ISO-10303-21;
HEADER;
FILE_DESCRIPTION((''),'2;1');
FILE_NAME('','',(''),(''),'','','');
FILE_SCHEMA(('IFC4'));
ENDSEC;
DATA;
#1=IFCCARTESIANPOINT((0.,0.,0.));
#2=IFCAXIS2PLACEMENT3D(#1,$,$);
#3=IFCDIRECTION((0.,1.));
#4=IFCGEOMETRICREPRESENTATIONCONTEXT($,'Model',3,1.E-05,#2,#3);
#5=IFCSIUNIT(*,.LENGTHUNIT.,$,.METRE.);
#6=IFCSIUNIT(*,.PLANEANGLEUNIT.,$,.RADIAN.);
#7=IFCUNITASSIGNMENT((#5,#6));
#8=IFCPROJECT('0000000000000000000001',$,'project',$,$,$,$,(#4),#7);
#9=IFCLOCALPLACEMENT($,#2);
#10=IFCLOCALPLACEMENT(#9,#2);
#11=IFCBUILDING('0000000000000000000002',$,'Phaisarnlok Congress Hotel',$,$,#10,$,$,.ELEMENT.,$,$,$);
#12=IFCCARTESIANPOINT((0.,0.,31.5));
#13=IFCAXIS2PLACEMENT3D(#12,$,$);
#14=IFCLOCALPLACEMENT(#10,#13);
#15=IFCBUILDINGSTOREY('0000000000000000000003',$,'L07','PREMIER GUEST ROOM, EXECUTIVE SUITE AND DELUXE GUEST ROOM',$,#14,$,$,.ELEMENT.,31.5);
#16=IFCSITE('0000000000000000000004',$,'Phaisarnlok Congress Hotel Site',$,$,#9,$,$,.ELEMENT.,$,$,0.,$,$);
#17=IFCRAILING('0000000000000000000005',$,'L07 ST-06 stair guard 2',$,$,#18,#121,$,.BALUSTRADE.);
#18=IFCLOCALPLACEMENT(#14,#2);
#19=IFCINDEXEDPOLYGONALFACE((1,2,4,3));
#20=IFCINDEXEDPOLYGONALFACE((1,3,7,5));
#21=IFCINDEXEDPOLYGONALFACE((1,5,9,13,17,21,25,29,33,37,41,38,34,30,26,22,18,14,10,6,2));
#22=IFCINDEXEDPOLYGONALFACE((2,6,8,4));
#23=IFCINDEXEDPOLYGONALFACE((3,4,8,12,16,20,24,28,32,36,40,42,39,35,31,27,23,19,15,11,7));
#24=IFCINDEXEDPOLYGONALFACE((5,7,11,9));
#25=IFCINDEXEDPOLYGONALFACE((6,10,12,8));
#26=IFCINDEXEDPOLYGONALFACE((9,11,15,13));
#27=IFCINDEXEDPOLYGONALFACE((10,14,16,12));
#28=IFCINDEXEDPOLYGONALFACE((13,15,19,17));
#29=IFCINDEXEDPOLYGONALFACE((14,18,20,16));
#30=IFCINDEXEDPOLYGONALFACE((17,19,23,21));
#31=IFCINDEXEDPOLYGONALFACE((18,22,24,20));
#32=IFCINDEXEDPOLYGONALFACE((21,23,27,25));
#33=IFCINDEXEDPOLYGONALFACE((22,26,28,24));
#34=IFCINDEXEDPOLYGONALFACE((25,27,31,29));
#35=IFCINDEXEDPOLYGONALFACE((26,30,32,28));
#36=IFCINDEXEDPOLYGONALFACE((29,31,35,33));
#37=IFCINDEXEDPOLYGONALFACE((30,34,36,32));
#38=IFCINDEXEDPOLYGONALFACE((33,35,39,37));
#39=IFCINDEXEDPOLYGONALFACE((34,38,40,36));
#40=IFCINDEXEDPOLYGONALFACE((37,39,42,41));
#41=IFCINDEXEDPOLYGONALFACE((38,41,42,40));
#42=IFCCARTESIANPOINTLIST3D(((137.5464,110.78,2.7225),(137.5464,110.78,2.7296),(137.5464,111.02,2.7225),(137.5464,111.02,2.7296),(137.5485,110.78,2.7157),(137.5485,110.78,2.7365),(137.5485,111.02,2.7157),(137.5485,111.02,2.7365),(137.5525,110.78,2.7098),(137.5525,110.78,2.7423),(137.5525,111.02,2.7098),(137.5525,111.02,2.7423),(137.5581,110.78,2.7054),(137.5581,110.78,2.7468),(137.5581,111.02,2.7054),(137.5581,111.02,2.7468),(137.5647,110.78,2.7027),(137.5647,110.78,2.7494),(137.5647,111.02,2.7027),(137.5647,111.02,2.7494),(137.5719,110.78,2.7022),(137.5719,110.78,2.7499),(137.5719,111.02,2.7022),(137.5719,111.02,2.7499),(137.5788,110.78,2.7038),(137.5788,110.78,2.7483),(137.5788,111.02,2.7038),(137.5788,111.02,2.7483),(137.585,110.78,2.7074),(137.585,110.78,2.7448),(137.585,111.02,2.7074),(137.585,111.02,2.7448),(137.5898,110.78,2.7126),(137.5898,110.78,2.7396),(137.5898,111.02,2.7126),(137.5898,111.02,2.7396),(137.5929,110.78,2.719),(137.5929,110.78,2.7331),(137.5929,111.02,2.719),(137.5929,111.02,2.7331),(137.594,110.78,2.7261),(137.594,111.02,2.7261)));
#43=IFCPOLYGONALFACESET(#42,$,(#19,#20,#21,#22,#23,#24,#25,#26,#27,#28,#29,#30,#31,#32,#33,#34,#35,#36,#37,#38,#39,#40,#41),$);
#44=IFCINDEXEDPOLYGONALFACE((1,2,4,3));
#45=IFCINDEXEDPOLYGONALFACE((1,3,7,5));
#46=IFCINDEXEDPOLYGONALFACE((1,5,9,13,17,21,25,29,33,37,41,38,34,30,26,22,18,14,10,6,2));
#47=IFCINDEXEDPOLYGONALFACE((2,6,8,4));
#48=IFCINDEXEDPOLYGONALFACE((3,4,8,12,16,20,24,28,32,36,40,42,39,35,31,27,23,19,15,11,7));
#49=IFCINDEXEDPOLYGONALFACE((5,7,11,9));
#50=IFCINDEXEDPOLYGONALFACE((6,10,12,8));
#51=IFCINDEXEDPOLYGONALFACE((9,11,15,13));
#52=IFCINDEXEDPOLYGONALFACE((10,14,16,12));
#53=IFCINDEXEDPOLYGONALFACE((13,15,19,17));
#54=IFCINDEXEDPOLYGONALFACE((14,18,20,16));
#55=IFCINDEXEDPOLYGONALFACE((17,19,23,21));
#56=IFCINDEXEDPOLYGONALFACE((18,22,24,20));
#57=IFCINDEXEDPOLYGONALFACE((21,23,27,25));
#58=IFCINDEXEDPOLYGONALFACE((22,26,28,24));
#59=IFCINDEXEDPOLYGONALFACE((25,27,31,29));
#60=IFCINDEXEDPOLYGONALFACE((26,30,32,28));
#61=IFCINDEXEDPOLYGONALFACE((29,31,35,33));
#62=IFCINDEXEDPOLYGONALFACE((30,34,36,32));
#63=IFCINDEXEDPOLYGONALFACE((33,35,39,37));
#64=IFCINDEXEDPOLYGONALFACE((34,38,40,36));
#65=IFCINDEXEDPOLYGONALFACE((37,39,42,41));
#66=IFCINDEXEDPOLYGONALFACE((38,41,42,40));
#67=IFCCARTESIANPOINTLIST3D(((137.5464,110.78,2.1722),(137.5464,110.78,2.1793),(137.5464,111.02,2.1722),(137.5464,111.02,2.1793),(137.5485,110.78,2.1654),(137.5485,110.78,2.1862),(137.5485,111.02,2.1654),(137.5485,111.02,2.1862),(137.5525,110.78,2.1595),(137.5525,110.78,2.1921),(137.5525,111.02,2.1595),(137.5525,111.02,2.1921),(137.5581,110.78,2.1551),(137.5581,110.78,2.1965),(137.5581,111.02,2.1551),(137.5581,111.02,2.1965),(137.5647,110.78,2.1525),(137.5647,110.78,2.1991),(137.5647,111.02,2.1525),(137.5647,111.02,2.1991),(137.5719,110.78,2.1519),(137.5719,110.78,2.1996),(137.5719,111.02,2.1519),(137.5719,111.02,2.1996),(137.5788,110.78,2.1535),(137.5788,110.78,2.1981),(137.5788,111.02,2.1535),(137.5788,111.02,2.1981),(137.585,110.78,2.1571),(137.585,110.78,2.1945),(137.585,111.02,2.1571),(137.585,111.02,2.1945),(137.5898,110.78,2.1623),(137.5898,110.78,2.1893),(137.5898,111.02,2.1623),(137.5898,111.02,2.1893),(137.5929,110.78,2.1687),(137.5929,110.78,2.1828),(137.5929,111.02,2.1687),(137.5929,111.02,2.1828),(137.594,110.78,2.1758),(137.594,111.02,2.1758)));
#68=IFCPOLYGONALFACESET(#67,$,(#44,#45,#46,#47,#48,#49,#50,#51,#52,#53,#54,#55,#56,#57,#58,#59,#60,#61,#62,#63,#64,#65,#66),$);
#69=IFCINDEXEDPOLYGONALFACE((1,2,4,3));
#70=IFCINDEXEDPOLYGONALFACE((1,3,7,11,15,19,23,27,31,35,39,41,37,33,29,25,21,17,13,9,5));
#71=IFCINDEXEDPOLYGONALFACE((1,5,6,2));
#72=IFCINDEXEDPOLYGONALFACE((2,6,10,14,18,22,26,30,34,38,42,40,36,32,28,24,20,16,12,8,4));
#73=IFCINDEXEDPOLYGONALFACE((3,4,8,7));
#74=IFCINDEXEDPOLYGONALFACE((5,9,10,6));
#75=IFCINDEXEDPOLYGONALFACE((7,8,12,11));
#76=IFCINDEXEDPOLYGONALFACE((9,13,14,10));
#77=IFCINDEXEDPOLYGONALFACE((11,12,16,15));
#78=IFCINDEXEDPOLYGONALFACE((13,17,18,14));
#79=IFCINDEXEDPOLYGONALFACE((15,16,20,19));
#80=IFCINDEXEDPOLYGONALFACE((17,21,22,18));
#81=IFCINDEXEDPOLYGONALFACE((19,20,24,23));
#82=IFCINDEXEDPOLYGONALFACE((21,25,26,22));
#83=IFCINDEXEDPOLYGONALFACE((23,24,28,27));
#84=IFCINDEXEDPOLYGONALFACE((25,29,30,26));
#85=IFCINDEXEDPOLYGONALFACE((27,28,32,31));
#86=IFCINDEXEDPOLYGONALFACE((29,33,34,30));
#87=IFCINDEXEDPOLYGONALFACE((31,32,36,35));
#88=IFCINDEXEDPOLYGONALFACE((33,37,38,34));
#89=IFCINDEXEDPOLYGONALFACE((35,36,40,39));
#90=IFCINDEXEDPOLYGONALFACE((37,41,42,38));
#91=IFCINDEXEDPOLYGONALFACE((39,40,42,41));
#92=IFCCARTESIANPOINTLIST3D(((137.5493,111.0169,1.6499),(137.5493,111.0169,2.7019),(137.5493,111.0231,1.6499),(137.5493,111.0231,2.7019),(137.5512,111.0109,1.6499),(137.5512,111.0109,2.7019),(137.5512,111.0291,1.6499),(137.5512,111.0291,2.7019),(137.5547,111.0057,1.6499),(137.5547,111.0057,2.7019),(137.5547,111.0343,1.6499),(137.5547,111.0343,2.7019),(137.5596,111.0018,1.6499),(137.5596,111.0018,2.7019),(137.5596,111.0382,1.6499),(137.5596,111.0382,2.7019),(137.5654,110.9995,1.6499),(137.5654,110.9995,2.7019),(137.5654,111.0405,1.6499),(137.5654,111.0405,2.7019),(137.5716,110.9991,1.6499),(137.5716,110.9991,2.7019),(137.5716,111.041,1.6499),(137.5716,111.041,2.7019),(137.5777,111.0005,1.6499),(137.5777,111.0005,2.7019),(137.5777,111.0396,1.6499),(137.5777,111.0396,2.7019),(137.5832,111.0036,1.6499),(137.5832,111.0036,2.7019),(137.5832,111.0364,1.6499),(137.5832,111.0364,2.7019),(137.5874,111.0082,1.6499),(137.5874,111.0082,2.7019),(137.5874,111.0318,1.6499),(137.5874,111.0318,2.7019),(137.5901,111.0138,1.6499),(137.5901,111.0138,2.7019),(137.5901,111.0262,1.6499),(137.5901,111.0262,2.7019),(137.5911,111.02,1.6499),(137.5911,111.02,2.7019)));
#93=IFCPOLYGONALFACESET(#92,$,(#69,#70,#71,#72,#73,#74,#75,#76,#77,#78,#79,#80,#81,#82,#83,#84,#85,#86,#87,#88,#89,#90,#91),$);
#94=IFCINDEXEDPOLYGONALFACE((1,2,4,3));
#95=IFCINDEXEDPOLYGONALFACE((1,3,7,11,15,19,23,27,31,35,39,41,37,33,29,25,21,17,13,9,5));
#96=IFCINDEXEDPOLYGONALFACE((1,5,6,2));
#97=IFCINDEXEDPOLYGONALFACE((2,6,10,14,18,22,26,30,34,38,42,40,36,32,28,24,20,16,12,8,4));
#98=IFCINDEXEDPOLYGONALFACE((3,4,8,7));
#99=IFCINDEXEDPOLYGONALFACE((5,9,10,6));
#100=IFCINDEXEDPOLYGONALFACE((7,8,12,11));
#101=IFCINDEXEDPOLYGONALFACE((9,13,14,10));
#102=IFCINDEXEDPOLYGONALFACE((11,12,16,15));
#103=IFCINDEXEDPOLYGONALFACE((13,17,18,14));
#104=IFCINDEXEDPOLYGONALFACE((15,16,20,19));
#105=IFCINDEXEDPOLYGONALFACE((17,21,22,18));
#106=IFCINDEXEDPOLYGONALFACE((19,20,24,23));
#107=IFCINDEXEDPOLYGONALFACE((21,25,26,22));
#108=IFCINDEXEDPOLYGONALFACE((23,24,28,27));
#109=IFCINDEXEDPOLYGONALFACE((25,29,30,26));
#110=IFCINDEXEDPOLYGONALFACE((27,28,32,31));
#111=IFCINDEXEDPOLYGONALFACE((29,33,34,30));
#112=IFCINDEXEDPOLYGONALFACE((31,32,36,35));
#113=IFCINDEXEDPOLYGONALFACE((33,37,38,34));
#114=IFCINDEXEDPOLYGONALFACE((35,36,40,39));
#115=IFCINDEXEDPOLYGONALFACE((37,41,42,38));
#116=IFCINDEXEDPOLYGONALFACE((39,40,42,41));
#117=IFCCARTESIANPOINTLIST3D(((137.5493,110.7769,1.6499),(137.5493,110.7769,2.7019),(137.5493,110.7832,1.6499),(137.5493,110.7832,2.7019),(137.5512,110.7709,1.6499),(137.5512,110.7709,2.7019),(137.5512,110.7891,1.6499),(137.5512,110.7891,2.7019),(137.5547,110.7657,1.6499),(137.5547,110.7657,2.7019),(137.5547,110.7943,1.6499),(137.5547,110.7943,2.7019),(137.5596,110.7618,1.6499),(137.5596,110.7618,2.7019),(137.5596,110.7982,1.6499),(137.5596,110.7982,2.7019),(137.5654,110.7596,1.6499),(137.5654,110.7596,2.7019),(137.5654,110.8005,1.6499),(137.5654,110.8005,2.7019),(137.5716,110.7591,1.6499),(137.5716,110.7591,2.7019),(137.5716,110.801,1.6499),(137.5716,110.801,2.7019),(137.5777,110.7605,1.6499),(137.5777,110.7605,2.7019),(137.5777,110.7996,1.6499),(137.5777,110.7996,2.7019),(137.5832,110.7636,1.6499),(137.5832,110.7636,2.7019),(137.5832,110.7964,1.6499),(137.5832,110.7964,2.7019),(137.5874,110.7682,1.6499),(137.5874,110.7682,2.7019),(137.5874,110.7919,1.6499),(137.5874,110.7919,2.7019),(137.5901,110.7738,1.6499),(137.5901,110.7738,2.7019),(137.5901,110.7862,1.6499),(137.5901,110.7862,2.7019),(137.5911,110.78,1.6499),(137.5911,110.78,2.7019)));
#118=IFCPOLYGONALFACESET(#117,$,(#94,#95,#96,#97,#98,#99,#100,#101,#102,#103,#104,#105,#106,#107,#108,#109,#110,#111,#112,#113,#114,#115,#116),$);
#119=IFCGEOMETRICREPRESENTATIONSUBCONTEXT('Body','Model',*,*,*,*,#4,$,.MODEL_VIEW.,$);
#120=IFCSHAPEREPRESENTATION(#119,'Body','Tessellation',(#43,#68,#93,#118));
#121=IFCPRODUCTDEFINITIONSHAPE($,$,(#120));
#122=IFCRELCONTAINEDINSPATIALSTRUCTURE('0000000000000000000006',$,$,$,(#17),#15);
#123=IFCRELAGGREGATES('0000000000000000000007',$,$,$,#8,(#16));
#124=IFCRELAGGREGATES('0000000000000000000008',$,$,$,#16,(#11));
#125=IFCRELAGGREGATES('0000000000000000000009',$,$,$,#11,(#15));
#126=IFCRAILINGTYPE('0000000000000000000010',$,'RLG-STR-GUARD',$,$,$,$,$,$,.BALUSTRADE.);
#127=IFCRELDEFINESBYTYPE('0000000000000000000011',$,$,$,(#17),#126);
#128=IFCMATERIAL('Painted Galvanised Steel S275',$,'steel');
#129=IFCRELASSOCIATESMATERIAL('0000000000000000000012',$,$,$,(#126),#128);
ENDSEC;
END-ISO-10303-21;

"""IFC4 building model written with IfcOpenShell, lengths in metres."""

from ifc_helpers import new_model, si_unit, direction, frame, origin, origin_2d, place, context, subcontext, project, spatial, circle, extrude, material, type_object, element, save


model = new_model("IFC4")

# Units and contexts
model_context = context("Model", 3, precision=1e-05, world=origin(), true_north=direction((0.0, 1.0)))
body_context = subcontext(model_context, "Body", "Model", "MODEL_VIEW")
ifc_project = project(units=[si_unit("LENGTHUNIT", "METRE"), si_unit("PLANEANGLEUNIT", "RADIAN")], contexts=[model_context])

# Site, building, storey
site_placement = place(None, origin())
site = spatial("IfcSite", under=ifc_project, at=site_placement, Name="Phaisarnlok Congress Hotel Site", CompositionType="ELEMENT", RefElevation=0.0)
building_placement = place(site_placement, origin())
building = spatial("IfcBuilding", under=site, at=building_placement, Name="Phaisarnlok Congress Hotel", CompositionType="ELEMENT")
storey_placement = place(building_placement, frame((0.0, 0.0, 31.5)))
storey = spatial("IfcBuildingStorey", under=building, at=storey_placement, Name="L07", Description="PREMIER GUEST ROOM, EXECUTIVE SUITE AND DELUXE GUEST ROOM", CompositionType="ELEMENT", Elevation=31.5)

# Railing
ifc_material_1 = material(Name="Painted Galvanised Steel S275", Category="steel")
railing_type_1 = type_object("IfcRailingType", Name="RLG-STR-GUARD", PredefinedType="BALUSTRADE", material=ifc_material_1)
railing_1_placement = place(storey_placement, frame((137.5701, 111.02, 1.6499)))
element("IfcRailing", 1, at=railing_1_placement, inside=storey, type_object=railing_type_1, Name="L07 ST-06 stair guard 2", PredefinedType="BALUSTRADE", context=body_context, shape_type="SweptSolid", body=[
    extrude(circle(Radius=0.0239, at=origin_2d()), frame((0.0, 0.0, 1.0762), z_axis=(0.0, -1.0, 0.0), x_axis=(1.0, 0.0, 0.0)), (0.0, 0.0, 1.0), 0.24),
    extrude(circle(Radius=0.0239, at=origin_2d()), frame((0.0, 0.0, 0.5259), z_axis=(0.0, -1.0, 0.0), x_axis=(1.0, 0.0, 0.0)), (0.0, 0.0, 1.0), 0.24),
    extrude(circle(Radius=0.021, at=origin_2d()), origin(), (0.0, 0.0, 1.0), 1.052),
    extrude(circle(Radius=0.021, at=origin_2d()), frame((0.0, -0.24, 0.0)), (0.0, 0.0, 1.0), 1.052),
])

save(model, "model.ifc")
